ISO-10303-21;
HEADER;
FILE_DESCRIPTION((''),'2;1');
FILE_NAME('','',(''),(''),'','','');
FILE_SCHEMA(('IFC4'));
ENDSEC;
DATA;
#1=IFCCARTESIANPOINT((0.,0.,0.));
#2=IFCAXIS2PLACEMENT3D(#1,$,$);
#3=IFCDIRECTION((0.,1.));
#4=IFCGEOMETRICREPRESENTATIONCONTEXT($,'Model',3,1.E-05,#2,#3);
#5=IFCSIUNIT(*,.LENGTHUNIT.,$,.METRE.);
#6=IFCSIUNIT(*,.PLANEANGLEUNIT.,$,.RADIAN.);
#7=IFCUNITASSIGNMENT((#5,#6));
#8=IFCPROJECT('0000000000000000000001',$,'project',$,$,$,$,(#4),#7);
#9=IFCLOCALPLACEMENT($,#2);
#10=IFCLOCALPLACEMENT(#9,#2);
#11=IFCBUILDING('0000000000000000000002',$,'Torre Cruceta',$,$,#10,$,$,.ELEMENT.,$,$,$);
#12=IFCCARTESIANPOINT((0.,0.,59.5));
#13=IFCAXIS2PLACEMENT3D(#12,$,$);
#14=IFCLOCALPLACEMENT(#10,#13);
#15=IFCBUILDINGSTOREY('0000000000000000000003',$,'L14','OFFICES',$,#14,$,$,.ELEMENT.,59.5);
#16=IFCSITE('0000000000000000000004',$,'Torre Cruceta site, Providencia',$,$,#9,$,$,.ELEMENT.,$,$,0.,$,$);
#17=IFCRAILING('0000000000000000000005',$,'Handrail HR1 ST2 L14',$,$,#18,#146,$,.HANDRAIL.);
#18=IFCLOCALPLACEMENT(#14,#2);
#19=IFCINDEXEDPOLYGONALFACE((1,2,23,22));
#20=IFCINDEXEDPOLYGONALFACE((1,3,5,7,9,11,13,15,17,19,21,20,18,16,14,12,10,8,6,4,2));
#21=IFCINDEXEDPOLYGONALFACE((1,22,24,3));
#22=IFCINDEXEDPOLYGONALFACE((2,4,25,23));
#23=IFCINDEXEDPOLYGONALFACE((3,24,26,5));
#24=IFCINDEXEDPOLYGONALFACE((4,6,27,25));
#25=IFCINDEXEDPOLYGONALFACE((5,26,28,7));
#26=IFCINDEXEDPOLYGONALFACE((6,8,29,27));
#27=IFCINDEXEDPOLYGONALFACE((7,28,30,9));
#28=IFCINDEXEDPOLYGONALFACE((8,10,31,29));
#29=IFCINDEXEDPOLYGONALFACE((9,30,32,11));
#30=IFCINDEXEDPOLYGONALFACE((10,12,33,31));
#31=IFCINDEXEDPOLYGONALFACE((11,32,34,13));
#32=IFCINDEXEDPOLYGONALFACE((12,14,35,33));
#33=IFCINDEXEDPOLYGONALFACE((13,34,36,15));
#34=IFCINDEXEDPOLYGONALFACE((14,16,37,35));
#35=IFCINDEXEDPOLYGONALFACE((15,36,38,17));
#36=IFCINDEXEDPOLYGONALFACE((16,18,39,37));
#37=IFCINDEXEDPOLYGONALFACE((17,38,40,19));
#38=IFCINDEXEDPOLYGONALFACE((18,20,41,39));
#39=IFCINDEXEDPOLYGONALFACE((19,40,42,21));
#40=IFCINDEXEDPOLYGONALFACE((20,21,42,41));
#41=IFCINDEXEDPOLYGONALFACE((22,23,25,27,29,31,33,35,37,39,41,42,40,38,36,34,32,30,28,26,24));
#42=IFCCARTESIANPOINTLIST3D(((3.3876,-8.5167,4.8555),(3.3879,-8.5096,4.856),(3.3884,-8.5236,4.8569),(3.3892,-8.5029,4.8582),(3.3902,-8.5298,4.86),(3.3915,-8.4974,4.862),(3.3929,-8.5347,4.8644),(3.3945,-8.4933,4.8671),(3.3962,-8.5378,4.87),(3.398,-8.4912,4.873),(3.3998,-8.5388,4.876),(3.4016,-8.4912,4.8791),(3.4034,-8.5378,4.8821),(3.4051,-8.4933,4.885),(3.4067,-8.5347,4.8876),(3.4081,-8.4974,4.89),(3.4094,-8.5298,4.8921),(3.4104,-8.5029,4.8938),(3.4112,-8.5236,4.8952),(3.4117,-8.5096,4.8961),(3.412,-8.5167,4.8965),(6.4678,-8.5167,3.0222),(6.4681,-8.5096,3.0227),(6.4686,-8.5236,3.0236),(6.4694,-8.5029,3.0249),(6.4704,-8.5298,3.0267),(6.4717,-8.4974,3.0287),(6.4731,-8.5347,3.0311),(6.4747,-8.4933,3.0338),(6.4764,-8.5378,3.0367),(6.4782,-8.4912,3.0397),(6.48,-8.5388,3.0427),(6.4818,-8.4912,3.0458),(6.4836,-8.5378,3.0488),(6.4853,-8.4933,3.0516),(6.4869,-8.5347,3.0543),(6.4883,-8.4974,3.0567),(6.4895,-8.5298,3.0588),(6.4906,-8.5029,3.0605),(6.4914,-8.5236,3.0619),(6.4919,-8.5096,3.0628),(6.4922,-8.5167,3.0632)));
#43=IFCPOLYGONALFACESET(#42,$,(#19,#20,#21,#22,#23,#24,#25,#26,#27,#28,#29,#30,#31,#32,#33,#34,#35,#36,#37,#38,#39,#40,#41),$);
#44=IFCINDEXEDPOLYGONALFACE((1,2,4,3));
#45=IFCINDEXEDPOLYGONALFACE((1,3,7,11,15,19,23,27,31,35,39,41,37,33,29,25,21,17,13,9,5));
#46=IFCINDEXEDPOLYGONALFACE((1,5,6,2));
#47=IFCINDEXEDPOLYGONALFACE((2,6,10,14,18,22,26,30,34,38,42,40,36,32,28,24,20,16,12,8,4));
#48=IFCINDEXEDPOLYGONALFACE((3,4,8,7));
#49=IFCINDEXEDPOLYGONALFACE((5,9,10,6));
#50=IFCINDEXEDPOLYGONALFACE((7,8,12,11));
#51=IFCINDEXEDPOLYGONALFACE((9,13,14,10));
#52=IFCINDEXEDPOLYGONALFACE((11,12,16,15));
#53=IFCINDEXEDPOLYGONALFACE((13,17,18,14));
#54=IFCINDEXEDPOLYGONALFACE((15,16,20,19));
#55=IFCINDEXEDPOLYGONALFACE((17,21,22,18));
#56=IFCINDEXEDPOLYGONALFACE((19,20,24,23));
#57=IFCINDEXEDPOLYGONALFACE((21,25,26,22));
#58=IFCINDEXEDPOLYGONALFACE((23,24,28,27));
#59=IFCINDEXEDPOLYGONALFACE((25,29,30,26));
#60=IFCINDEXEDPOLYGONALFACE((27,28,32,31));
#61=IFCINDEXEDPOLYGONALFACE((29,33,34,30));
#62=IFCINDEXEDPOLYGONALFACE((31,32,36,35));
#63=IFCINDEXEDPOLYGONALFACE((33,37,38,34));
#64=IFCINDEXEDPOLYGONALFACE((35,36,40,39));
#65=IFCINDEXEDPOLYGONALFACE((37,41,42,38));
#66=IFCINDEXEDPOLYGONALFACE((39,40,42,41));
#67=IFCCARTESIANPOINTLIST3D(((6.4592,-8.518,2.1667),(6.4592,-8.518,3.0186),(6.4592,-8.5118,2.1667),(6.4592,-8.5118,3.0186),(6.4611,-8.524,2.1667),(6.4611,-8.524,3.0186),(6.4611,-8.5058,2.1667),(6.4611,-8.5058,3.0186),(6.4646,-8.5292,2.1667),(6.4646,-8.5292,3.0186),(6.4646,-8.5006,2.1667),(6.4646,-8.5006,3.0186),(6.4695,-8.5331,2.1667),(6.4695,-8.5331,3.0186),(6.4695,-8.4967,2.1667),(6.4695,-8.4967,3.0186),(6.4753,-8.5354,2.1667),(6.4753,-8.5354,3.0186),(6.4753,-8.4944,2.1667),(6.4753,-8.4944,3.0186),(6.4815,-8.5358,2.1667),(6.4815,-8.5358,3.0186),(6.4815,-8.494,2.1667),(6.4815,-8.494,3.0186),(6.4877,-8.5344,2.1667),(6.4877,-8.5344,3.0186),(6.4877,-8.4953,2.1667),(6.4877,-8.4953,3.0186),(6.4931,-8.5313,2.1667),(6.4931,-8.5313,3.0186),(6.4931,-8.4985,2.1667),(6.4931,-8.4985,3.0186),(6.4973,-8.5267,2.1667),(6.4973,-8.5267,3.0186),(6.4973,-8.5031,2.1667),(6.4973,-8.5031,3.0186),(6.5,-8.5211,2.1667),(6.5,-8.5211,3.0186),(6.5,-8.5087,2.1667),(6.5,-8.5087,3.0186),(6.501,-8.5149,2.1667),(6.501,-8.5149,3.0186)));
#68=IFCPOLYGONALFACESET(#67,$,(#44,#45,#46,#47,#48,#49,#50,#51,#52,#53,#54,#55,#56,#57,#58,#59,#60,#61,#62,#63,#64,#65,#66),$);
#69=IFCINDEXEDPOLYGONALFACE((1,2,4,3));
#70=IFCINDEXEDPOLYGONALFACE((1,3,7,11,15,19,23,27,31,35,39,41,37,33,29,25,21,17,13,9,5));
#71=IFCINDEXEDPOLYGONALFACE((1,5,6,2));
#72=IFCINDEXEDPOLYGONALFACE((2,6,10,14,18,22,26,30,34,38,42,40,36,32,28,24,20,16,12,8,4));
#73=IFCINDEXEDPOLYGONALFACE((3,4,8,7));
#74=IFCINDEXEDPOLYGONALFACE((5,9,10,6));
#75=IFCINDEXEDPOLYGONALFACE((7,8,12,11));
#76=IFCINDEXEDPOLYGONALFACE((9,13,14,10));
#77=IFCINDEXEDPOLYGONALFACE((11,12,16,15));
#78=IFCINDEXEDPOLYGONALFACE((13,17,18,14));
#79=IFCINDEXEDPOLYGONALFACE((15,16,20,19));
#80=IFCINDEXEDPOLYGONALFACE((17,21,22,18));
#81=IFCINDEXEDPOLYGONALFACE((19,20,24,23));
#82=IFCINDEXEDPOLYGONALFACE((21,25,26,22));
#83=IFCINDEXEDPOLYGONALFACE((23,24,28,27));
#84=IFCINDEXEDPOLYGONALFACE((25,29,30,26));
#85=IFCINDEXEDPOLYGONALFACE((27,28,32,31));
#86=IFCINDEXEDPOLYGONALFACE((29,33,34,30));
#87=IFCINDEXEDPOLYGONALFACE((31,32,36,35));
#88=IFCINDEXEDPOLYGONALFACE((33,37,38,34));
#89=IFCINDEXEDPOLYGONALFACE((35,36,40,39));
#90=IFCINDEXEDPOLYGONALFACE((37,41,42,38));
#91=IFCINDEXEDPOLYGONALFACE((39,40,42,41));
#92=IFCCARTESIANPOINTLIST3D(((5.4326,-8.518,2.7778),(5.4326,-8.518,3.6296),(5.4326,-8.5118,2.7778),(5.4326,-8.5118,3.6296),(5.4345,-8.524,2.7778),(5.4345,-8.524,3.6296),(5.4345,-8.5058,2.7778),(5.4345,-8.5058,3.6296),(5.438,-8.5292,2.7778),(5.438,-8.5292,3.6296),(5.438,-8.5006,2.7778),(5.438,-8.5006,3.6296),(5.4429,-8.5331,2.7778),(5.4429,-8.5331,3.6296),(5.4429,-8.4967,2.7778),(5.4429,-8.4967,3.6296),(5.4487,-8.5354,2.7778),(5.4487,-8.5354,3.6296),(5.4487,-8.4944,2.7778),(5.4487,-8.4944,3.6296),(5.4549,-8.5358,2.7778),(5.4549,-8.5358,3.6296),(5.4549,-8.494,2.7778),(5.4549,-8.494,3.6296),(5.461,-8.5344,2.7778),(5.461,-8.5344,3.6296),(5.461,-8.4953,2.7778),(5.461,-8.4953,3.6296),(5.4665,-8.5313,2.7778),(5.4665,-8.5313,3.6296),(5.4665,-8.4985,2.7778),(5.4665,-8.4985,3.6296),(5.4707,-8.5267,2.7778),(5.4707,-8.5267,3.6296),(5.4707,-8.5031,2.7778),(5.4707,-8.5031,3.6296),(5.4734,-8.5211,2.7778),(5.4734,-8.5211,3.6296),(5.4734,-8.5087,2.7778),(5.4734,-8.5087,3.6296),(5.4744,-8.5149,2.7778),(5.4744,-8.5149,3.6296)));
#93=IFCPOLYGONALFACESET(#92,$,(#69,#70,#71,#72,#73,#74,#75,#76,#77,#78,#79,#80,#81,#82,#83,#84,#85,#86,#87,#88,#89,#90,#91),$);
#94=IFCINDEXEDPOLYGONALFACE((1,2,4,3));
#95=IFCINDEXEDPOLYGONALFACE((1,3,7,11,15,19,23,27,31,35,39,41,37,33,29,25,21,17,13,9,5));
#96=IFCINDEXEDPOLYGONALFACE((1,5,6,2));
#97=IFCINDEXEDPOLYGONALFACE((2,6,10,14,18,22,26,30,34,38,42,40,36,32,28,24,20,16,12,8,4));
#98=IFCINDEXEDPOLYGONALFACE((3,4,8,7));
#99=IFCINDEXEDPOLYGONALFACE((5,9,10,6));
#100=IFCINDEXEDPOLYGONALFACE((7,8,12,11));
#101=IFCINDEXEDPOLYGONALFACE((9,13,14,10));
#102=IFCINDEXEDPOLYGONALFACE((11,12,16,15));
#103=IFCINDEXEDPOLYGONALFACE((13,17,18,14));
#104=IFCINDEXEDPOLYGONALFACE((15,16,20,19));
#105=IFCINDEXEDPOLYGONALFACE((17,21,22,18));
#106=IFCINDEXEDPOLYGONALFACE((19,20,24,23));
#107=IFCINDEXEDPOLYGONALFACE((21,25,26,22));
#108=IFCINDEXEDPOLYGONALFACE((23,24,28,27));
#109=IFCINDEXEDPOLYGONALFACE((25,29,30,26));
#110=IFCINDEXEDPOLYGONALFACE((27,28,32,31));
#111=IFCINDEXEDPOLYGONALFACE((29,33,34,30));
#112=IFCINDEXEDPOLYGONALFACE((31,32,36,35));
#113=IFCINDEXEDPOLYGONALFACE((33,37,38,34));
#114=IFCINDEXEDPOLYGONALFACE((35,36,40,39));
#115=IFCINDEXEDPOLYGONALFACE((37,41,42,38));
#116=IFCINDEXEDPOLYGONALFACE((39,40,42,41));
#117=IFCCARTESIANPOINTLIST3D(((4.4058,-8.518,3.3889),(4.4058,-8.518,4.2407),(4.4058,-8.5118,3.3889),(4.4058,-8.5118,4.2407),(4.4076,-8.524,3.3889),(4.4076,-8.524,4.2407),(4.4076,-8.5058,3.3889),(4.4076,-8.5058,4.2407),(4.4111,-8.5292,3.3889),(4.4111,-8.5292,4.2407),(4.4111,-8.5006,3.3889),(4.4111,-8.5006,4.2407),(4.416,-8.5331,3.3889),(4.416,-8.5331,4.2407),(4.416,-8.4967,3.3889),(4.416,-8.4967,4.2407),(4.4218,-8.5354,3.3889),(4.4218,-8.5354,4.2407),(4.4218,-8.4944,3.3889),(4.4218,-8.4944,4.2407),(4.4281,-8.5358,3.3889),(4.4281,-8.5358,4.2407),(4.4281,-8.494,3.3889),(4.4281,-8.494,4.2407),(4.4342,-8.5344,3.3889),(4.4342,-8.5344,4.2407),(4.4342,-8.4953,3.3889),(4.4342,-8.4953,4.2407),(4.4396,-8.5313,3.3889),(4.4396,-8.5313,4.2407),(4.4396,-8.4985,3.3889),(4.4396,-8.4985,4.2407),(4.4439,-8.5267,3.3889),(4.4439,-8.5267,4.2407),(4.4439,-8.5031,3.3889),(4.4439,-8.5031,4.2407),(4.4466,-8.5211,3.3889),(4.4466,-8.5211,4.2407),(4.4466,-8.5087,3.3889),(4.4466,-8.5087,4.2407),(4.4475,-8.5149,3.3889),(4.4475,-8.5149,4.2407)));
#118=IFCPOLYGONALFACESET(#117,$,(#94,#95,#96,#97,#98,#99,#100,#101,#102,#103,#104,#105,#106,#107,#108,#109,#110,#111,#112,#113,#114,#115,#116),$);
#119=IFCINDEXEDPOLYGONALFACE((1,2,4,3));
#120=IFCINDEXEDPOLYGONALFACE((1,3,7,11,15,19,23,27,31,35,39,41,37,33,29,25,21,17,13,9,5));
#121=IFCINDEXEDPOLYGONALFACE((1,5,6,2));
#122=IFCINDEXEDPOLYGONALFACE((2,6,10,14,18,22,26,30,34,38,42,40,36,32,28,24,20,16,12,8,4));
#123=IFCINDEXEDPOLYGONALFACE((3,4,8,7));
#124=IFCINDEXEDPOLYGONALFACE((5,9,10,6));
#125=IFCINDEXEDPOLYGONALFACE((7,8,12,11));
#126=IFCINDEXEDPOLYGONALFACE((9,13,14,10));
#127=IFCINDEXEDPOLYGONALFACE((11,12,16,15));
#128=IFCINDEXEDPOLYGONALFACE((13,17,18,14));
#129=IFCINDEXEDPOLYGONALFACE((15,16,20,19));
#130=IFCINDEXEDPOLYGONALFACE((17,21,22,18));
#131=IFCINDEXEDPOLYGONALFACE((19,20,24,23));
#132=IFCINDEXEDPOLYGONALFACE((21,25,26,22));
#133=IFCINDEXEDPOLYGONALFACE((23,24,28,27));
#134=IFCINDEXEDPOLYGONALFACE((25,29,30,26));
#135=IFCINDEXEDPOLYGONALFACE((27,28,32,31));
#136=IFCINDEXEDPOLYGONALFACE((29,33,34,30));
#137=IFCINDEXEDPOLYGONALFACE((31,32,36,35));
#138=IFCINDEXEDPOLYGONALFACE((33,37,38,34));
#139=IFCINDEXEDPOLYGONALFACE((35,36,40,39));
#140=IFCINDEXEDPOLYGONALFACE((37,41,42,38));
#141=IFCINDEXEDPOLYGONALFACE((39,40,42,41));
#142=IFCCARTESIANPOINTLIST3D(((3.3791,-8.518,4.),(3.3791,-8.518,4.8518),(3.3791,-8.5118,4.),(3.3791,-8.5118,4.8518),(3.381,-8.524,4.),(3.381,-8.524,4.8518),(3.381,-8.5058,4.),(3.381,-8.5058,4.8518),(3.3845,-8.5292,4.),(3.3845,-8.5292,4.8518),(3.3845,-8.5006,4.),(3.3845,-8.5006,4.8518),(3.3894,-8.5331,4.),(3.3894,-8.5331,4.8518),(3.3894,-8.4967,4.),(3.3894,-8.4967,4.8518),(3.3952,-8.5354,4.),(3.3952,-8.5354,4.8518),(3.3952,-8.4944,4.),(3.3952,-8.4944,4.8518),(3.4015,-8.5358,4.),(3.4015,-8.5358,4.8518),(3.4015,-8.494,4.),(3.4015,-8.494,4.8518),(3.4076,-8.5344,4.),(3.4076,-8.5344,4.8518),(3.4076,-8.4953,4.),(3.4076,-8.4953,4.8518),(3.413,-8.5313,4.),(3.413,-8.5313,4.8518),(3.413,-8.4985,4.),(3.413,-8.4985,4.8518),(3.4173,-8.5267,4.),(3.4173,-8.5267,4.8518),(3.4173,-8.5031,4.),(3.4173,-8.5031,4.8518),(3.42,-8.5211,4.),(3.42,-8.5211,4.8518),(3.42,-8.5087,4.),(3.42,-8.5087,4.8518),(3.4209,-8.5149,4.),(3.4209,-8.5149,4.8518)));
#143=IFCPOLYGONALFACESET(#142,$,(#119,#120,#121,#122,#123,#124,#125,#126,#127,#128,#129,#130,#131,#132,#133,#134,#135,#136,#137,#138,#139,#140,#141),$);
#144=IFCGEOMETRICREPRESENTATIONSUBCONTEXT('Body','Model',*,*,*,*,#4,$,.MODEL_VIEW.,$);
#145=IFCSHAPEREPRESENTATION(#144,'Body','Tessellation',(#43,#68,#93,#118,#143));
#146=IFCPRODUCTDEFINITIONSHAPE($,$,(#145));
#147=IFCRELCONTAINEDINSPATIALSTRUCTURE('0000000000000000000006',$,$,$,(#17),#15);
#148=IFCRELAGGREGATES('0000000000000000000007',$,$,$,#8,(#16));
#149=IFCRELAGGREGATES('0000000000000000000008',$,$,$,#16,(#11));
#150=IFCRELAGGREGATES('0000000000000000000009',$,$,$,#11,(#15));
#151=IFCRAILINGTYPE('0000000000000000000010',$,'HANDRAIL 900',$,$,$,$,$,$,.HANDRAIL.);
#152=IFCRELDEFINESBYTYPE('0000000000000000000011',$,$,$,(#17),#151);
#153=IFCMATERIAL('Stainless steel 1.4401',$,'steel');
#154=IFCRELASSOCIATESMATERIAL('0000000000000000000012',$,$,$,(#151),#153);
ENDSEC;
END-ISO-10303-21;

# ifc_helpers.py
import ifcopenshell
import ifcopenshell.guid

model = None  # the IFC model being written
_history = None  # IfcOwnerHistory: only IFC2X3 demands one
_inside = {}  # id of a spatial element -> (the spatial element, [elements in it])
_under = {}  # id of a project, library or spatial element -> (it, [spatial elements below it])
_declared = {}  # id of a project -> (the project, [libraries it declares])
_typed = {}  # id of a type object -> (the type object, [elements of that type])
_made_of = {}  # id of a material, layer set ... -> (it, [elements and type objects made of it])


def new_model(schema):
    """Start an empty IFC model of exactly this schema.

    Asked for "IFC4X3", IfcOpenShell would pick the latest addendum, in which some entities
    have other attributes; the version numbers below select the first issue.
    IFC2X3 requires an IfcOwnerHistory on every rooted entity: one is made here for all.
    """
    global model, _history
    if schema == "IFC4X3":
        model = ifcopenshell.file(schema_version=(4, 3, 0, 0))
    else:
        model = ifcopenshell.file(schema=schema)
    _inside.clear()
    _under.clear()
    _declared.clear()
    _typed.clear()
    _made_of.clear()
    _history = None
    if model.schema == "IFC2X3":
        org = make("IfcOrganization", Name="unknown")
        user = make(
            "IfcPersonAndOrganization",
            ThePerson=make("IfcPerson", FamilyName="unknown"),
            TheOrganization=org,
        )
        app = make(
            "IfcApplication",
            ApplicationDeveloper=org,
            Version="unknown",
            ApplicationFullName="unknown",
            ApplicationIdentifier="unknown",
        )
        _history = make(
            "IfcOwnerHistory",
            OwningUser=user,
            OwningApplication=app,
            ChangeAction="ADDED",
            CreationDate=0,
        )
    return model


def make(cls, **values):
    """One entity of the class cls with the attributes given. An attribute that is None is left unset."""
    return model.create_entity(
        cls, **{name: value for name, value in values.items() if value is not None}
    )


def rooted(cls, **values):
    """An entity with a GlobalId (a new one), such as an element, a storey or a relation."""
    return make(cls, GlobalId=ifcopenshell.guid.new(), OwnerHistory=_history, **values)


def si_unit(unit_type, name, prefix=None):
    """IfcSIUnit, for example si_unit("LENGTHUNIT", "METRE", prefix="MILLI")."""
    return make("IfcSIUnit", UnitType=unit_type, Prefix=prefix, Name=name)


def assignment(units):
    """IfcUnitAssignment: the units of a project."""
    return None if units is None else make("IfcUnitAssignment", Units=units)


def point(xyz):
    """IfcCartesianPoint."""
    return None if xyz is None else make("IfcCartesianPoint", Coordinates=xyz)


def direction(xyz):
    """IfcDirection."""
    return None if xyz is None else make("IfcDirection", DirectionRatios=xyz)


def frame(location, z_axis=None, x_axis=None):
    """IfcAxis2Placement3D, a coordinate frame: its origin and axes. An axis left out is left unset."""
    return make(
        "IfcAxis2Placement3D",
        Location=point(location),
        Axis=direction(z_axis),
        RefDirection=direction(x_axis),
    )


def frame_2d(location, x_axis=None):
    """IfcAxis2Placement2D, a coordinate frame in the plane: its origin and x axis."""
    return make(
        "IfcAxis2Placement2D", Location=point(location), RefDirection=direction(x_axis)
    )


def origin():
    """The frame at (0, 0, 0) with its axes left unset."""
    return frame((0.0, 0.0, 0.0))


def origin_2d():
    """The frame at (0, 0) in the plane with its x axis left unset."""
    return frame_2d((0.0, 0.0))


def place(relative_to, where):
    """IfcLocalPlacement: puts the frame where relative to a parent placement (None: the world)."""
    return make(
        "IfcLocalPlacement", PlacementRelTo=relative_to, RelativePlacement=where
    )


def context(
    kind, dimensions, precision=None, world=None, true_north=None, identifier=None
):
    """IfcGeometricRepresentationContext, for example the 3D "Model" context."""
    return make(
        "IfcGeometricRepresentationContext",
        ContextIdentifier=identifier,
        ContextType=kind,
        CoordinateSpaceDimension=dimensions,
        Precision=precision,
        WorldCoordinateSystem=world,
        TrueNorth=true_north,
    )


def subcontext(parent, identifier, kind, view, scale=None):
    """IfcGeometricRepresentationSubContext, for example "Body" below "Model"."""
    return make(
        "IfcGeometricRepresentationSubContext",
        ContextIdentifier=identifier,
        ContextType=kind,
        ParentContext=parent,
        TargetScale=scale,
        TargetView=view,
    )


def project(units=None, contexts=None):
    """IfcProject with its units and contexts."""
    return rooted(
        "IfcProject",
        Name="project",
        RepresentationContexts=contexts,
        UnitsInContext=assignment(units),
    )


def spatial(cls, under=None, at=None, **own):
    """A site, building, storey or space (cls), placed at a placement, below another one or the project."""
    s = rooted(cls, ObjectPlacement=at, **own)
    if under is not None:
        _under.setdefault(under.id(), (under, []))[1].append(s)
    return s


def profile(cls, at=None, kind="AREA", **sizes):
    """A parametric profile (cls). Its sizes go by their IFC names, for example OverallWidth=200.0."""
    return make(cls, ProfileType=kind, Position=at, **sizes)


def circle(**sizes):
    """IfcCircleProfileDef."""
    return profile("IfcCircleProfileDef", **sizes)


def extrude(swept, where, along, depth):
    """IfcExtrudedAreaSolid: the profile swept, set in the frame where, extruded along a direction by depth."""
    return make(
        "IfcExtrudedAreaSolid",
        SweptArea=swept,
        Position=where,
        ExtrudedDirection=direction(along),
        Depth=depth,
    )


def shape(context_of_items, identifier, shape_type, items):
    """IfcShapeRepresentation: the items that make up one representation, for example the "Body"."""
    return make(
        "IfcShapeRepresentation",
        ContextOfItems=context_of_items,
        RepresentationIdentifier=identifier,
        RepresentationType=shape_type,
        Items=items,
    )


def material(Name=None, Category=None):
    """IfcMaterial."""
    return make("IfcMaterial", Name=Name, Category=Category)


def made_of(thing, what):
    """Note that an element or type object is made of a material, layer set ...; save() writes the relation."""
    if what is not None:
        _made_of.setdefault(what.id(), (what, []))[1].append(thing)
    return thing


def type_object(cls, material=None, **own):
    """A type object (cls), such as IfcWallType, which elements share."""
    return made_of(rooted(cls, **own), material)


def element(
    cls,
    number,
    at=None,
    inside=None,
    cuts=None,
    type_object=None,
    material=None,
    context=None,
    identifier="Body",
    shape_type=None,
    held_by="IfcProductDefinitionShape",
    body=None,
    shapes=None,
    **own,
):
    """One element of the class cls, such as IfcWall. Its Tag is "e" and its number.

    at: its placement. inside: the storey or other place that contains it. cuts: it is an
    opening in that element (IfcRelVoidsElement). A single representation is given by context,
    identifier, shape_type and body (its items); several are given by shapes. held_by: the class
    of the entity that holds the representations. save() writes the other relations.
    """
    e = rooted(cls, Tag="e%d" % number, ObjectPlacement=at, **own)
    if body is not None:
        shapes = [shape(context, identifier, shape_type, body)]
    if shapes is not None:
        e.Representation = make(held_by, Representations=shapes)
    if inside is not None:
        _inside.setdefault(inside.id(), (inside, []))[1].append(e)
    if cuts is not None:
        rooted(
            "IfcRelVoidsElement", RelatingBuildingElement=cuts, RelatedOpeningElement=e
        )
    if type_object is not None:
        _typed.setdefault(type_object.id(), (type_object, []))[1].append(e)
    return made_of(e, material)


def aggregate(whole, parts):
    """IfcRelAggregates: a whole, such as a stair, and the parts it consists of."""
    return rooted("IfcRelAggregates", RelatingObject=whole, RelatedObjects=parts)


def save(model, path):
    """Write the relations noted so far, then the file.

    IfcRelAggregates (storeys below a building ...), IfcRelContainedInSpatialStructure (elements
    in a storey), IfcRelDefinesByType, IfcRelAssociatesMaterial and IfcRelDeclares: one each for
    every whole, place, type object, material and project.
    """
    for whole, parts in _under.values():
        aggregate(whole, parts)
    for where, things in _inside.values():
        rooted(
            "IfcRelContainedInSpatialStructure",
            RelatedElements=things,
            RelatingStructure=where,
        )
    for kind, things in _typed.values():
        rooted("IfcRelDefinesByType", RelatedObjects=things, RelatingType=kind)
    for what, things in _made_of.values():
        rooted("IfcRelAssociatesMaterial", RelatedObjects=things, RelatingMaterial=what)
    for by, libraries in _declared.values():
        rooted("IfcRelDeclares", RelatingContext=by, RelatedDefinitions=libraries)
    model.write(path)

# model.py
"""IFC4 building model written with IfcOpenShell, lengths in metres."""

from ifc_helpers import new_model, si_unit, direction, frame, origin, origin_2d, place, context, subcontext, project, spatial, circle, extrude, material, type_object, element, save


model = new_model("IFC4")

# Units and contexts
model_context = context("Model", 3, precision=1e-05, world=origin(), true_north=direction((0.0, 1.0)))
body_context = subcontext(model_context, "Body", "Model", "MODEL_VIEW")
ifc_project = project(units=[si_unit("LENGTHUNIT", "METRE"), si_unit("PLANEANGLEUNIT", "RADIAN")], contexts=[model_context])

# Site, building, storey
site_placement = place(None, origin())
site = spatial("IfcSite", under=ifc_project, at=site_placement, Name="Torre Cruceta site, Providencia", CompositionType="ELEMENT", RefElevation=0.0)
building_placement = place(site_placement, origin())
building = spatial("IfcBuilding", under=site, at=building_placement, Name="Torre Cruceta", CompositionType="ELEMENT")
storey_placement = place(building_placement, frame((0.0, 0.0, 59.5)))
storey = spatial("IfcBuildingStorey", under=building, at=storey_placement, Name="L14", Description="OFFICES", CompositionType="ELEMENT", Elevation=59.5)

# Railing
ifc_material_1 = material(Name="Stainless steel 1.4401", Category="steel")
railing_type = type_object("IfcRailingType", Name="HANDRAIL 900", PredefinedType="HANDRAIL", material=ifc_material_1)
railing_1_placement = place(storey_placement, frame((6.48, -8.5149, 2.1667)))
element("IfcRailing", 1, at=railing_1_placement, inside=storey, type_object=railing_type, Name="Handrail HR1 ST2 L14", PredefinedType="HANDRAIL", context=body_context, shape_type="SweptSolid", body=[
    extrude(circle(Radius=0.0239, at=origin_2d()), frame((0.0, 0.0, 0.876), z_axis=(-0.859309, 0.0, 0.511458), x_axis=(0.0, -1.0, 0.0)), (0.0, 0.0, 1.0), 3.5845),
    extrude(circle(Radius=0.021, at=origin_2d()), origin(), (0.0, 0.0, 1.0), 0.8518),
    extrude(circle(Radius=0.021, at=origin_2d()), frame((-1.0266, 0.0, 0.6111)), (0.0, 0.0, 1.0), 0.8518),
    extrude(circle(Radius=0.021, at=origin_2d()), frame((-2.0535, 0.0, 1.2222)), (0.0, 0.0, 1.0), 0.8518),
    extrude(circle(Radius=0.021, at=origin_2d()), frame((-3.0801, 0.0, 1.8333)), (0.0, 0.0, 1.0), 0.8518),
])

save(model, "model.ifc")
